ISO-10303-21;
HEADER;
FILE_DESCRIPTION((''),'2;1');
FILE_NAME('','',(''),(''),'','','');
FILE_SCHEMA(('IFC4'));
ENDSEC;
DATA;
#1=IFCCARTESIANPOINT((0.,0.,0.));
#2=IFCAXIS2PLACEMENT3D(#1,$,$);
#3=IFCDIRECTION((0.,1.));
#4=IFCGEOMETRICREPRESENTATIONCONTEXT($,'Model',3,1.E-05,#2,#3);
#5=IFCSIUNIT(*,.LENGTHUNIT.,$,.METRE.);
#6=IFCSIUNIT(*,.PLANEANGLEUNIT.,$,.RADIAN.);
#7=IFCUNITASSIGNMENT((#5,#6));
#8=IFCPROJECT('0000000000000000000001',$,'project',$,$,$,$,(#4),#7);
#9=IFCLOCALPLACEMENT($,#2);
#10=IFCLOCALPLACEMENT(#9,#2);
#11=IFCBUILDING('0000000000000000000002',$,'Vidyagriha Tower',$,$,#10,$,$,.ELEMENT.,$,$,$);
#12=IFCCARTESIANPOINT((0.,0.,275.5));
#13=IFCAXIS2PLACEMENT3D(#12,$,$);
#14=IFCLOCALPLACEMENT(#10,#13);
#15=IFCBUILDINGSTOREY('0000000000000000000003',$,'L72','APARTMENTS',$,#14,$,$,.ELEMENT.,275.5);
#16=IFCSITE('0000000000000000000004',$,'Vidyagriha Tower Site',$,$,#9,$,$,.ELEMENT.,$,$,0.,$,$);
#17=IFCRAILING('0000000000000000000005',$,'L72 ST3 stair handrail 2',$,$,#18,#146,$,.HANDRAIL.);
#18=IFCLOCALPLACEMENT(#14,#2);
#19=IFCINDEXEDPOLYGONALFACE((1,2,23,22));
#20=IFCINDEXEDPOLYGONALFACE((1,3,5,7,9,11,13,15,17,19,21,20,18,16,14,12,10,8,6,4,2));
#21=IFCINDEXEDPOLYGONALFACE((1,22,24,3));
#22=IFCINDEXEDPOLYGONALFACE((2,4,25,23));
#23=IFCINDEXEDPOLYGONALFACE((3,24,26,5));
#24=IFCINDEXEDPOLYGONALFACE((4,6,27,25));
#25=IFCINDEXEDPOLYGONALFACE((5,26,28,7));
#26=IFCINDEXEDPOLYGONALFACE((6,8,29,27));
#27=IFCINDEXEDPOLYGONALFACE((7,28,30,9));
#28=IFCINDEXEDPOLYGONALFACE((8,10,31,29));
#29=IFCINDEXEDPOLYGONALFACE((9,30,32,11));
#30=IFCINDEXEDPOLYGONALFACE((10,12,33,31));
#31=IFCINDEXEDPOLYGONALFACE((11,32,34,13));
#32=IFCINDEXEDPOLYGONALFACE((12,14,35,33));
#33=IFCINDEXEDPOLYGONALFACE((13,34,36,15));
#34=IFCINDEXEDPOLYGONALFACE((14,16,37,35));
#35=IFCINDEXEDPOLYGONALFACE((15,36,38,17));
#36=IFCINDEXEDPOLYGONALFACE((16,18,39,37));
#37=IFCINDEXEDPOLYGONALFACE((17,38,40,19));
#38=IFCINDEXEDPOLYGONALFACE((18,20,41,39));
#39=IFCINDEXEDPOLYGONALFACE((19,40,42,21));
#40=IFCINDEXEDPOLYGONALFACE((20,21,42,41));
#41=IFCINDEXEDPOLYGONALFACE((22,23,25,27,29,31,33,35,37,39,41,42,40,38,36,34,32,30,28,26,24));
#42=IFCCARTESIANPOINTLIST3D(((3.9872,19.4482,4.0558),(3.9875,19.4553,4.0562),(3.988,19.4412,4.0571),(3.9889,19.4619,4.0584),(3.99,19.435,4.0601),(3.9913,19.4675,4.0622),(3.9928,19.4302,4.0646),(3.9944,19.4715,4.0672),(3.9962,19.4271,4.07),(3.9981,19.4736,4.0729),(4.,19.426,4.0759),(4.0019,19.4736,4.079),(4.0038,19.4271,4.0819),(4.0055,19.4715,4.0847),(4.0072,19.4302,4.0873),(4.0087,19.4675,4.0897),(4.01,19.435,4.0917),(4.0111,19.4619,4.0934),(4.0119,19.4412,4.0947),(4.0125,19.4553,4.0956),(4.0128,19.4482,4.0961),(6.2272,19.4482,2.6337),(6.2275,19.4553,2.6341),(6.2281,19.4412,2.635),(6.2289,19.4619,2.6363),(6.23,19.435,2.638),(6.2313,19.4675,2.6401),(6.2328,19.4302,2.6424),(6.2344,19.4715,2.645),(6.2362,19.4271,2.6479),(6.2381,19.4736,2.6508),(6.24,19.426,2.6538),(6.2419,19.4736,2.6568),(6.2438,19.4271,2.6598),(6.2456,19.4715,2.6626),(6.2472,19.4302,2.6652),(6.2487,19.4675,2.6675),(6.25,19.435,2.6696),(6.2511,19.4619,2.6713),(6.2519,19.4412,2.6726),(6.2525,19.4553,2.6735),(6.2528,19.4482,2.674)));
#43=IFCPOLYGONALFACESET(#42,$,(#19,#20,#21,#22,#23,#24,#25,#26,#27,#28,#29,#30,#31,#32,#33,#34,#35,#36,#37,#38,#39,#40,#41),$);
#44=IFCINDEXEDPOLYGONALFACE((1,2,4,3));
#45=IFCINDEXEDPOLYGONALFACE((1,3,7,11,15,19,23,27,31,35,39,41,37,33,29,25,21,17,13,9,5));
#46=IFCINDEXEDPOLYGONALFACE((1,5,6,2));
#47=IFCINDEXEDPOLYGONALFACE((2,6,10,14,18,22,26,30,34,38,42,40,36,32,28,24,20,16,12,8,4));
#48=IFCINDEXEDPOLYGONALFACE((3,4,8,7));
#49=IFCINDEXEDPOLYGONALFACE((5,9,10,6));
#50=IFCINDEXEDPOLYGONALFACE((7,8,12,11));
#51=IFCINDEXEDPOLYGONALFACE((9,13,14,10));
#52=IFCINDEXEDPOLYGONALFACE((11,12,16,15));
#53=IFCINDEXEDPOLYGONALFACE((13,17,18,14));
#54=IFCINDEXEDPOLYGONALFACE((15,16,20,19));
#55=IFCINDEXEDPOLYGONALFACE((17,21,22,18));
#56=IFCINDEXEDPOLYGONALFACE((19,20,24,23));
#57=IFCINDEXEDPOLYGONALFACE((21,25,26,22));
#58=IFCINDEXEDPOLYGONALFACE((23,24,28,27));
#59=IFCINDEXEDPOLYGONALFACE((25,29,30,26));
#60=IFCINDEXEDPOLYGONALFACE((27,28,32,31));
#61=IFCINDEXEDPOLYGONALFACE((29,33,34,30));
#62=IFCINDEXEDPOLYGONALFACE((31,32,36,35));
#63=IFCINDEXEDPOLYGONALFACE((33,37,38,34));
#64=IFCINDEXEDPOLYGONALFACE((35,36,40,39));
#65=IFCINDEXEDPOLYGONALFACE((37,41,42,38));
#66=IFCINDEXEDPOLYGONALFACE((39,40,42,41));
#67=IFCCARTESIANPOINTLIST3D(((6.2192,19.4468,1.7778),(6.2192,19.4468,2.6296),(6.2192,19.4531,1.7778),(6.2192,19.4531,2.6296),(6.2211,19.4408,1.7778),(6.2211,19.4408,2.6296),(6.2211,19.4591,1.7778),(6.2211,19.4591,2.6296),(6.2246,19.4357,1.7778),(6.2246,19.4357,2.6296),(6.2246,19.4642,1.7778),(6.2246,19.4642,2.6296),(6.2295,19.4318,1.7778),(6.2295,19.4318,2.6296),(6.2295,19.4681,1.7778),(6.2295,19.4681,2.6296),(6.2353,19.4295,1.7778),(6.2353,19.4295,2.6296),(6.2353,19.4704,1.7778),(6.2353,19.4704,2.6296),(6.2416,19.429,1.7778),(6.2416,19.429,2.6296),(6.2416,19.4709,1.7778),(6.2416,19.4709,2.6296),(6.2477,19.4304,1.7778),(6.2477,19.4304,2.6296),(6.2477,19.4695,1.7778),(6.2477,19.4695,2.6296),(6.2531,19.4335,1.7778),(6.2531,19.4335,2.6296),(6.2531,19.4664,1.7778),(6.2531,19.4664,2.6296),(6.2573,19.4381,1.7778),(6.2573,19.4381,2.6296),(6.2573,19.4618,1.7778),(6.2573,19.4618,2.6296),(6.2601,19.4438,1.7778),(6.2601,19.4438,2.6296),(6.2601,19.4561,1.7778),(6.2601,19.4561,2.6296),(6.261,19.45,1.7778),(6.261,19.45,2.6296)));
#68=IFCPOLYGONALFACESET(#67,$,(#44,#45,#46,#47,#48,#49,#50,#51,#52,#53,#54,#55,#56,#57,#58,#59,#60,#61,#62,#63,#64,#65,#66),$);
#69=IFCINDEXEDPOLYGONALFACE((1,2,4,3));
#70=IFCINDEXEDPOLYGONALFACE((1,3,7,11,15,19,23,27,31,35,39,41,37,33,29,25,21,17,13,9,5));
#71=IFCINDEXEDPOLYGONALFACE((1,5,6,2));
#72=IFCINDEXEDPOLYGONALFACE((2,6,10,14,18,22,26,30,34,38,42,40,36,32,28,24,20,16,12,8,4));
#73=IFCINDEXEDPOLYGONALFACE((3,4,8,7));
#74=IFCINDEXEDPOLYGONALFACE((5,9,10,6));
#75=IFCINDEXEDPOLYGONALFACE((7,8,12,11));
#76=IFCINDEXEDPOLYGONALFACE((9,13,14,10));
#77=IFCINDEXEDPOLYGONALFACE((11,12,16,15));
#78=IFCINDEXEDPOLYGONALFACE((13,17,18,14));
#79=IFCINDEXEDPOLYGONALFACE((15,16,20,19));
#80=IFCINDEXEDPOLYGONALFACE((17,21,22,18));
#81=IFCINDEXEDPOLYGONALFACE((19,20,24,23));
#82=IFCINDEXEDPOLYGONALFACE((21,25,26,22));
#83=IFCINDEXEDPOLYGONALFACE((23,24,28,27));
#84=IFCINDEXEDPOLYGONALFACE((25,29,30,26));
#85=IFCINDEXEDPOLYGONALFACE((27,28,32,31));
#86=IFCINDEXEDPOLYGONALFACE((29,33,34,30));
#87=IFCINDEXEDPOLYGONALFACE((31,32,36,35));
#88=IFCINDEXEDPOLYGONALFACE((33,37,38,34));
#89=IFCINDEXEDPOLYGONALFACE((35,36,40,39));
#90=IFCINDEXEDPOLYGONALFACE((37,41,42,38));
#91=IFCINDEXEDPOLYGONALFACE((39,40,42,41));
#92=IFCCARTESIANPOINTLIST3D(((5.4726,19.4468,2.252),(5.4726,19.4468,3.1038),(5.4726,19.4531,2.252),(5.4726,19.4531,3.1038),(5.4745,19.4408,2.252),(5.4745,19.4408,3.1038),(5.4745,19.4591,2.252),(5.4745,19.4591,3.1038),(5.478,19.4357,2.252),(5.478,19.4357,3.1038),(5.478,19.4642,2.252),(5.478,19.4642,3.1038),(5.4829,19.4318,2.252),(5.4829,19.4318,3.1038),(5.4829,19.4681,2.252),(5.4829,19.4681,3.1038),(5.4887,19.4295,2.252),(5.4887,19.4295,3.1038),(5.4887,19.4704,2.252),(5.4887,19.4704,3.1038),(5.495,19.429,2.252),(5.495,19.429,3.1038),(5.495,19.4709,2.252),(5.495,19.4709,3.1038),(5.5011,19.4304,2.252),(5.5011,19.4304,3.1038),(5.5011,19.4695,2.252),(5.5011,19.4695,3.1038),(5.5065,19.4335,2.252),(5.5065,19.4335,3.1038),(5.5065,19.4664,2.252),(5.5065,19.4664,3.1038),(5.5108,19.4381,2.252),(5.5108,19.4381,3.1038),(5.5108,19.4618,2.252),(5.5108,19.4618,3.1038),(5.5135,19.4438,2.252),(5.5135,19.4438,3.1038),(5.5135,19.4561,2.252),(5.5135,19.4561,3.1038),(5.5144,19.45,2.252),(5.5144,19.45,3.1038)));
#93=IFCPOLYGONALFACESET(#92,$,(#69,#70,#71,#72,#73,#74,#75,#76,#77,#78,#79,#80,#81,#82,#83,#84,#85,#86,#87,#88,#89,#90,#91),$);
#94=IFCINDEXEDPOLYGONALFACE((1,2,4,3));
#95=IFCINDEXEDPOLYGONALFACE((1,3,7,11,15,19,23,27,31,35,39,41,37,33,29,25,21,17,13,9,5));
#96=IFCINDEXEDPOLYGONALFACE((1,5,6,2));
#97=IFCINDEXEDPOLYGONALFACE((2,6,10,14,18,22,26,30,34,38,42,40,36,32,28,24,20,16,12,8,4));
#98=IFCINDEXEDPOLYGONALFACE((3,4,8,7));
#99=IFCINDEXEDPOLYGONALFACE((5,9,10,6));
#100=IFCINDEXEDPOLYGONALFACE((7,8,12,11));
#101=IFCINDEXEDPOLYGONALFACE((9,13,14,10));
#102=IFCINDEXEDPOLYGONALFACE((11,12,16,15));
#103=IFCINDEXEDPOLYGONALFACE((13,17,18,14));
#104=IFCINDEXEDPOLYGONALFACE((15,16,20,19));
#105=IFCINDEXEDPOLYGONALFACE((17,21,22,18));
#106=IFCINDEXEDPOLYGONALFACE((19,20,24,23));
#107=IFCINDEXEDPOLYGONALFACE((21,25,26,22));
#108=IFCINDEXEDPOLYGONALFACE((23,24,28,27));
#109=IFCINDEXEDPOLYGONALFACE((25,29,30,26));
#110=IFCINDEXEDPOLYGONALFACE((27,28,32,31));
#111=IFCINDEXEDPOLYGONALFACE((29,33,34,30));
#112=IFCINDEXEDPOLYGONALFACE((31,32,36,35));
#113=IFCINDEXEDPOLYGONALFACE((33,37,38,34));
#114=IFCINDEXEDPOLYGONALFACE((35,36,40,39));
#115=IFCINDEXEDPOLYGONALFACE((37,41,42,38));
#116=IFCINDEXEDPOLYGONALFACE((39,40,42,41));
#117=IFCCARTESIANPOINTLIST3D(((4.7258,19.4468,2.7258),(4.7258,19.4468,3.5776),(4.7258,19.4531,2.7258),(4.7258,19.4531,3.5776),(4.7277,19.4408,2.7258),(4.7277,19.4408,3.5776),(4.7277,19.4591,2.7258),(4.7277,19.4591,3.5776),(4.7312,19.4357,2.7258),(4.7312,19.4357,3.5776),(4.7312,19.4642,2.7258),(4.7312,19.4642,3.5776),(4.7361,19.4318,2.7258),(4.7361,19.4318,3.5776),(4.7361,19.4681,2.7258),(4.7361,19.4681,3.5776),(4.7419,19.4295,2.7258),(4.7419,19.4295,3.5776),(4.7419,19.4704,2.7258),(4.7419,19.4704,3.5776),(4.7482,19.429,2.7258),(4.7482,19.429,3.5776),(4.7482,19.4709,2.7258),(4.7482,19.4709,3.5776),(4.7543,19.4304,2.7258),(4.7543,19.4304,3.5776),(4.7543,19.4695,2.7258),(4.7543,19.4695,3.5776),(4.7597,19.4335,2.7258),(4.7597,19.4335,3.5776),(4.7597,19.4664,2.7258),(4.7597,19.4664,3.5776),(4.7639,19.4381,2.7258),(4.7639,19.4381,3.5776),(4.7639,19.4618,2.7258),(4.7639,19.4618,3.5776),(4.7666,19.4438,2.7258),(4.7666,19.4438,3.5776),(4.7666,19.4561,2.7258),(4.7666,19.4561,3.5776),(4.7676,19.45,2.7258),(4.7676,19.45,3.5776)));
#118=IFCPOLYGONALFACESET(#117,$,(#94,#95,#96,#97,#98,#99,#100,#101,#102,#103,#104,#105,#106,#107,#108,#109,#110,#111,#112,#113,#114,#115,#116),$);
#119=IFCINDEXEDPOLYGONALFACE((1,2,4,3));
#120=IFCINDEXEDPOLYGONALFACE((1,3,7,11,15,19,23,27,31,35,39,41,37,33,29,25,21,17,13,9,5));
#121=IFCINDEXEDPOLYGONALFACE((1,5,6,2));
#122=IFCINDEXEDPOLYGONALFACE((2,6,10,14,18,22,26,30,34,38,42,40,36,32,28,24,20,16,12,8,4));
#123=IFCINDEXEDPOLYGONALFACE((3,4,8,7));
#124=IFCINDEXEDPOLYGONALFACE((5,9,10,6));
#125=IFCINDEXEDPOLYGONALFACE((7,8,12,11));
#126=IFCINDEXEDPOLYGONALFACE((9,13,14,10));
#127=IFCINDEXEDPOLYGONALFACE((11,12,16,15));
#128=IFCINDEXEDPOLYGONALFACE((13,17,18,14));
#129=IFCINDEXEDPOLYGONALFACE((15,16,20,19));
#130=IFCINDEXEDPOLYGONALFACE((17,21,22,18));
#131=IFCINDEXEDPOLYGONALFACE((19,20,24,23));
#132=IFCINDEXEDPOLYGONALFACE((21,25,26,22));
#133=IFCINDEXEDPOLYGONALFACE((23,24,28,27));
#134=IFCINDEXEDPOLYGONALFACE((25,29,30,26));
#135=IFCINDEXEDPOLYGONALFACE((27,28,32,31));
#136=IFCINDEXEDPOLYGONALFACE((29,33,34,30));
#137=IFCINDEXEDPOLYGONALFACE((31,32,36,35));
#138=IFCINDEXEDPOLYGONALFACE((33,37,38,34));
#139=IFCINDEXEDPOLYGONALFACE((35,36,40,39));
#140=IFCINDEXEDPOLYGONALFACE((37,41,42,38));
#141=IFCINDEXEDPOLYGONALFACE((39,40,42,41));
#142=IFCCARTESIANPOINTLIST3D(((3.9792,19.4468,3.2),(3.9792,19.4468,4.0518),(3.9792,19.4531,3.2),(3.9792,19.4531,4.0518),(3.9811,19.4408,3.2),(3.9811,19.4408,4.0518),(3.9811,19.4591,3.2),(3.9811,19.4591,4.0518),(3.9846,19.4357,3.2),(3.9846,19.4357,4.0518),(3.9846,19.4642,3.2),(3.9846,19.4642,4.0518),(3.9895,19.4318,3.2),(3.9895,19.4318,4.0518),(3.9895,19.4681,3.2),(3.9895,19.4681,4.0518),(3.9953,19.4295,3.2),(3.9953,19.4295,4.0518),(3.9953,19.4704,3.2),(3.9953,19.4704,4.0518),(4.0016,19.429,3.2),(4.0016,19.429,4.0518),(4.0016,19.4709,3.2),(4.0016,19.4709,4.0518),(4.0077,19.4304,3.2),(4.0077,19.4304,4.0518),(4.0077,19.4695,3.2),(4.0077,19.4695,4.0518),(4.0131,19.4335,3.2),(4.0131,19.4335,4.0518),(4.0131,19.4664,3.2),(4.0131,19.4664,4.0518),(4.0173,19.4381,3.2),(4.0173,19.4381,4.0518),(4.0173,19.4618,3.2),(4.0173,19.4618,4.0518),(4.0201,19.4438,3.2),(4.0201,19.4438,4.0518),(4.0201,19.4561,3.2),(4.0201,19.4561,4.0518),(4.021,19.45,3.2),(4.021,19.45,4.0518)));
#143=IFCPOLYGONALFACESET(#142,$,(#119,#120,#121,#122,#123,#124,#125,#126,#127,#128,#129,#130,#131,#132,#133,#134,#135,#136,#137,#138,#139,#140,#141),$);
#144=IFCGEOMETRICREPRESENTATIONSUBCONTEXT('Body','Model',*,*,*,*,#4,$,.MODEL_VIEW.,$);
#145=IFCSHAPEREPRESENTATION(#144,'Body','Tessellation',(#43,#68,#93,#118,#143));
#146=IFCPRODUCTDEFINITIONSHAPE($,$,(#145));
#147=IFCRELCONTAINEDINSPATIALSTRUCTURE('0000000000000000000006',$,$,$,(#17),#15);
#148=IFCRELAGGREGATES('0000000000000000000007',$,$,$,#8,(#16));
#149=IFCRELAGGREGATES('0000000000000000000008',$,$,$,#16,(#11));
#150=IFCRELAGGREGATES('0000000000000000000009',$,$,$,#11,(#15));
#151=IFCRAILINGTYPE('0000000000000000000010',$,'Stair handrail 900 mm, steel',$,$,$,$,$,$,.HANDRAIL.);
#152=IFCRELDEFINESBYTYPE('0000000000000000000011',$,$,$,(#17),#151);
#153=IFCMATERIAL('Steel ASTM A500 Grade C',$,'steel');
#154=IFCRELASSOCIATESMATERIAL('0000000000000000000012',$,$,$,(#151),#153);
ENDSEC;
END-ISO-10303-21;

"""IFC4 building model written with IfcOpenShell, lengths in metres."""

from ifc_helpers import new_model, si_unit, direction, frame, origin, origin_2d, place, context, subcontext, project, spatial, circle, extrude, material, type_object, element, save


model = new_model("IFC4")

# Units and contexts
model_context = context("Model", 3, precision=1e-05, world=origin(), true_north=direction((0.0, 1.0)))
body_context = subcontext(model_context, "Body", "Model", "MODEL_VIEW")
ifc_project = project(units=[si_unit("LENGTHUNIT", "METRE"), si_unit("PLANEANGLEUNIT", "RADIAN")], contexts=[model_context])

# Site, building, storey
site_placement = place(None, origin())
site = spatial("IfcSite", under=ifc_project, at=site_placement, Name="Vidyagriha Tower Site", CompositionType="ELEMENT", RefElevation=0.0)
building_placement = place(site_placement, origin())
building = spatial("IfcBuilding", under=site, at=building_placement, Name="Vidyagriha Tower", CompositionType="ELEMENT")
storey_placement = place(building_placement, frame((0.0, 0.0, 275.5)))
storey = spatial("IfcBuildingStorey", under=building, at=storey_placement, Name="L72", Description="APARTMENTS", CompositionType="ELEMENT", Elevation=275.5)

# Railing
ifc_material_1 = material(Name="Steel ASTM A500 Grade C", Category="steel")
railing_type_1 = type_object("IfcRailingType", Name="Stair handrail 900 mm, steel", PredefinedType="HANDRAIL", material=ifc_material_1)
for number, where, name in (
    (1, (6.24, 19.45, 1.7778), "L72 ST3 stair handrail 2"),
):
    element("IfcRailing", number, at=place(storey_placement, frame(where)), inside=storey, type_object=railing_type_1, Name=name, PredefinedType="HANDRAIL", context=body_context, shape_type="SweptSolid", body=[
        extrude(circle(Radius=0.0239, at=origin_2d()), frame((0.0, 0.0, 0.876), z_axis=(-0.844229, 0.0, 0.535982), x_axis=(0.0, -1.0, 0.0)), (0.0, 0.0, 1.0), 2.6533),
        extrude(circle(Radius=0.021, at=origin_2d()), origin(), (0.0, 0.0, 1.0), 0.8518),
        extrude(circle(Radius=0.021, at=origin_2d()), frame((-0.7466, 0.0, 0.4741)), (0.0, 0.0, 1.0), 0.8518),
        extrude(circle(Radius=0.021, at=origin_2d()), frame((-1.4934, 0.0, 0.948)), (0.0, 0.0, 1.0), 0.8518),
        extrude(circle(Radius=0.021, at=origin_2d()), frame((-2.24, 0.0, 1.4221)), (0.0, 0.0, 1.0), 0.8518),
    ])

save(model, "model.ifc")
